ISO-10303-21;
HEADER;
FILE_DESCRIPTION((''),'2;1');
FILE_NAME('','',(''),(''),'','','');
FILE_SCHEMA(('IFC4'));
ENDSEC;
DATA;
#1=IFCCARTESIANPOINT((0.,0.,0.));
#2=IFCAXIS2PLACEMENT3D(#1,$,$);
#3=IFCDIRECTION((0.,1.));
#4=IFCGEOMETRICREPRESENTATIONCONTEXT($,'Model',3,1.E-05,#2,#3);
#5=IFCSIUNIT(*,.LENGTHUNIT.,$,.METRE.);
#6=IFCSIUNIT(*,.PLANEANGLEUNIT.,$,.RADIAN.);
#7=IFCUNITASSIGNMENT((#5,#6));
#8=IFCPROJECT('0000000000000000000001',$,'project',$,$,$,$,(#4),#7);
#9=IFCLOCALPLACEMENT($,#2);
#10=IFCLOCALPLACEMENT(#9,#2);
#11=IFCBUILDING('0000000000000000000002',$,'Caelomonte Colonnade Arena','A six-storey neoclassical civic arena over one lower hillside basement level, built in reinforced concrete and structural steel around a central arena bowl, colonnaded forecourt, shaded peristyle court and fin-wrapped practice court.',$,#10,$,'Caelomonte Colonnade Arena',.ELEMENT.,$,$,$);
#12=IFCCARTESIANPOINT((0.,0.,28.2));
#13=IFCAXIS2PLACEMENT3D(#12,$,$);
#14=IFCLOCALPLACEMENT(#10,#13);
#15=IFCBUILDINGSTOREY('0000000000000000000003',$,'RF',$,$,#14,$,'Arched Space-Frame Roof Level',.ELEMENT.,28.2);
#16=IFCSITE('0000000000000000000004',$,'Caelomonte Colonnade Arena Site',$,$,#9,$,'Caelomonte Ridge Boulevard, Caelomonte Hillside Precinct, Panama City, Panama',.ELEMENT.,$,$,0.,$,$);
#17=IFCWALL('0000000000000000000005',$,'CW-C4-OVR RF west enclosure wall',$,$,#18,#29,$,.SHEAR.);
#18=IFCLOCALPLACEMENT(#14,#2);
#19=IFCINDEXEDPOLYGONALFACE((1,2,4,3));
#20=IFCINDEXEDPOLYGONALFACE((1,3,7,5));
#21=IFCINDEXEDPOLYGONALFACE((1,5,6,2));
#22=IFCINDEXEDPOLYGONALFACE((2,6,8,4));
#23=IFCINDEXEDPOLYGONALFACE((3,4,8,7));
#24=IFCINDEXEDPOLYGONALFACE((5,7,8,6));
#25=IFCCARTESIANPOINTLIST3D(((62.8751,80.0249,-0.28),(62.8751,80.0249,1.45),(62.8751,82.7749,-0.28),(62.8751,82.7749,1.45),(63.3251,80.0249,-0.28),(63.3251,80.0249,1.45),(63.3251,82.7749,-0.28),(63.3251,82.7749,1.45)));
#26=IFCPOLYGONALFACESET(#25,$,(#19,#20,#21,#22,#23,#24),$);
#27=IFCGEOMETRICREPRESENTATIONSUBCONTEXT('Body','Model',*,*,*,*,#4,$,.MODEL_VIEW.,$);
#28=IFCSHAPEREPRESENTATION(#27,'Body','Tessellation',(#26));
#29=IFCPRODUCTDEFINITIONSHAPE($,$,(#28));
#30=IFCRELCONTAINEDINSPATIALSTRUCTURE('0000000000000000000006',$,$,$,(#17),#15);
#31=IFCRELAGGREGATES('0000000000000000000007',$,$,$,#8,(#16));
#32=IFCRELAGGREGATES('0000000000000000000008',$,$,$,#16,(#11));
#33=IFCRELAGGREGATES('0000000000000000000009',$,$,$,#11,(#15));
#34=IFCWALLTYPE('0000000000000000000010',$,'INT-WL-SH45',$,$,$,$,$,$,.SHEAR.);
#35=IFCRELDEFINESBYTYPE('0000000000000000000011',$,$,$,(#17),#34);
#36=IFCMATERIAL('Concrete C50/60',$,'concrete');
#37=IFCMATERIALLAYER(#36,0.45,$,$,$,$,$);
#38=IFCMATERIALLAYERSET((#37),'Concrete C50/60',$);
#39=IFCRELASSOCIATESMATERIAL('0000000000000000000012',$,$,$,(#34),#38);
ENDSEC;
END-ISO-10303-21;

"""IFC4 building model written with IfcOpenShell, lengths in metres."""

from ifc_helpers import new_model, si_unit, direction, frame, frame_2d, origin, place, context, subcontext, project, spatial, rectangle, extrude, material, layer, layer_set, type_object, element, save


model = new_model("IFC4")

# Units and contexts
model_context = context("Model", 3, precision=1e-05, world=origin(), true_north=direction((0.0, 1.0)))
body_context = subcontext(model_context, "Body", "Model", "MODEL_VIEW")
ifc_project = project(units=[si_unit("LENGTHUNIT", "METRE"), si_unit("PLANEANGLEUNIT", "RADIAN")], contexts=[model_context])

# Site, building, storey
site_placement = place(None, origin())
site = spatial("IfcSite", under=ifc_project, at=site_placement, Name="Caelomonte Colonnade Arena Site", LongName="Caelomonte Ridge Boulevard, Caelomonte Hillside Precinct, Panama City, Panama", CompositionType="ELEMENT", RefElevation=0.0)
building_placement = place(site_placement, origin())
building = spatial("IfcBuilding", under=site, at=building_placement, Name="Caelomonte Colonnade Arena", Description="A six-storey neoclassical civic arena over one lower hillside basement level, built in reinforced concrete and structural steel around a central arena bowl, colonnaded forecourt, shaded peristyle court and fin-wrapped practice court.", LongName="Caelomonte Colonnade Arena", CompositionType="ELEMENT")
storey_placement = place(building_placement, frame((0.0, 0.0, 28.2)))
storey = spatial("IfcBuildingStorey", under=building, at=storey_placement, Name="RF", LongName="Arched Space-Frame Roof Level", CompositionType="ELEMENT", Elevation=28.2)

# Wall
ifc_material_1 = material(Name="Concrete C50/60", Category="concrete")
ifc_layer_1 = layer(ifc_material_1, 0.45)
ifc_layer_set_1 = layer_set([ifc_layer_1], Name="Concrete C50/60")
wall_type = type_object("IfcWallType", Name="INT-WL-SH45", PredefinedType="SHEAR", material=ifc_layer_set_1)
wall_1_placement = place(storey_placement, frame((63.1001, 82.7749, -0.28), z_axis=(0.0, 0.0, 1.0), x_axis=(0.0, -1.0, 0.0)))
element("IfcWall", 1, at=wall_1_placement, inside=storey, type_object=wall_type, Name="CW-C4-OVR RF west enclosure wall", PredefinedType="SHEAR", context=body_context, shape_type="SweptSolid", body=[
    extrude(rectangle(XDim=2.75, YDim=0.45, at=frame_2d((1.375, 0.0))), origin(), (0.0, 0.0, 1.0), 1.73),
])

save(model, "model.ifc")
